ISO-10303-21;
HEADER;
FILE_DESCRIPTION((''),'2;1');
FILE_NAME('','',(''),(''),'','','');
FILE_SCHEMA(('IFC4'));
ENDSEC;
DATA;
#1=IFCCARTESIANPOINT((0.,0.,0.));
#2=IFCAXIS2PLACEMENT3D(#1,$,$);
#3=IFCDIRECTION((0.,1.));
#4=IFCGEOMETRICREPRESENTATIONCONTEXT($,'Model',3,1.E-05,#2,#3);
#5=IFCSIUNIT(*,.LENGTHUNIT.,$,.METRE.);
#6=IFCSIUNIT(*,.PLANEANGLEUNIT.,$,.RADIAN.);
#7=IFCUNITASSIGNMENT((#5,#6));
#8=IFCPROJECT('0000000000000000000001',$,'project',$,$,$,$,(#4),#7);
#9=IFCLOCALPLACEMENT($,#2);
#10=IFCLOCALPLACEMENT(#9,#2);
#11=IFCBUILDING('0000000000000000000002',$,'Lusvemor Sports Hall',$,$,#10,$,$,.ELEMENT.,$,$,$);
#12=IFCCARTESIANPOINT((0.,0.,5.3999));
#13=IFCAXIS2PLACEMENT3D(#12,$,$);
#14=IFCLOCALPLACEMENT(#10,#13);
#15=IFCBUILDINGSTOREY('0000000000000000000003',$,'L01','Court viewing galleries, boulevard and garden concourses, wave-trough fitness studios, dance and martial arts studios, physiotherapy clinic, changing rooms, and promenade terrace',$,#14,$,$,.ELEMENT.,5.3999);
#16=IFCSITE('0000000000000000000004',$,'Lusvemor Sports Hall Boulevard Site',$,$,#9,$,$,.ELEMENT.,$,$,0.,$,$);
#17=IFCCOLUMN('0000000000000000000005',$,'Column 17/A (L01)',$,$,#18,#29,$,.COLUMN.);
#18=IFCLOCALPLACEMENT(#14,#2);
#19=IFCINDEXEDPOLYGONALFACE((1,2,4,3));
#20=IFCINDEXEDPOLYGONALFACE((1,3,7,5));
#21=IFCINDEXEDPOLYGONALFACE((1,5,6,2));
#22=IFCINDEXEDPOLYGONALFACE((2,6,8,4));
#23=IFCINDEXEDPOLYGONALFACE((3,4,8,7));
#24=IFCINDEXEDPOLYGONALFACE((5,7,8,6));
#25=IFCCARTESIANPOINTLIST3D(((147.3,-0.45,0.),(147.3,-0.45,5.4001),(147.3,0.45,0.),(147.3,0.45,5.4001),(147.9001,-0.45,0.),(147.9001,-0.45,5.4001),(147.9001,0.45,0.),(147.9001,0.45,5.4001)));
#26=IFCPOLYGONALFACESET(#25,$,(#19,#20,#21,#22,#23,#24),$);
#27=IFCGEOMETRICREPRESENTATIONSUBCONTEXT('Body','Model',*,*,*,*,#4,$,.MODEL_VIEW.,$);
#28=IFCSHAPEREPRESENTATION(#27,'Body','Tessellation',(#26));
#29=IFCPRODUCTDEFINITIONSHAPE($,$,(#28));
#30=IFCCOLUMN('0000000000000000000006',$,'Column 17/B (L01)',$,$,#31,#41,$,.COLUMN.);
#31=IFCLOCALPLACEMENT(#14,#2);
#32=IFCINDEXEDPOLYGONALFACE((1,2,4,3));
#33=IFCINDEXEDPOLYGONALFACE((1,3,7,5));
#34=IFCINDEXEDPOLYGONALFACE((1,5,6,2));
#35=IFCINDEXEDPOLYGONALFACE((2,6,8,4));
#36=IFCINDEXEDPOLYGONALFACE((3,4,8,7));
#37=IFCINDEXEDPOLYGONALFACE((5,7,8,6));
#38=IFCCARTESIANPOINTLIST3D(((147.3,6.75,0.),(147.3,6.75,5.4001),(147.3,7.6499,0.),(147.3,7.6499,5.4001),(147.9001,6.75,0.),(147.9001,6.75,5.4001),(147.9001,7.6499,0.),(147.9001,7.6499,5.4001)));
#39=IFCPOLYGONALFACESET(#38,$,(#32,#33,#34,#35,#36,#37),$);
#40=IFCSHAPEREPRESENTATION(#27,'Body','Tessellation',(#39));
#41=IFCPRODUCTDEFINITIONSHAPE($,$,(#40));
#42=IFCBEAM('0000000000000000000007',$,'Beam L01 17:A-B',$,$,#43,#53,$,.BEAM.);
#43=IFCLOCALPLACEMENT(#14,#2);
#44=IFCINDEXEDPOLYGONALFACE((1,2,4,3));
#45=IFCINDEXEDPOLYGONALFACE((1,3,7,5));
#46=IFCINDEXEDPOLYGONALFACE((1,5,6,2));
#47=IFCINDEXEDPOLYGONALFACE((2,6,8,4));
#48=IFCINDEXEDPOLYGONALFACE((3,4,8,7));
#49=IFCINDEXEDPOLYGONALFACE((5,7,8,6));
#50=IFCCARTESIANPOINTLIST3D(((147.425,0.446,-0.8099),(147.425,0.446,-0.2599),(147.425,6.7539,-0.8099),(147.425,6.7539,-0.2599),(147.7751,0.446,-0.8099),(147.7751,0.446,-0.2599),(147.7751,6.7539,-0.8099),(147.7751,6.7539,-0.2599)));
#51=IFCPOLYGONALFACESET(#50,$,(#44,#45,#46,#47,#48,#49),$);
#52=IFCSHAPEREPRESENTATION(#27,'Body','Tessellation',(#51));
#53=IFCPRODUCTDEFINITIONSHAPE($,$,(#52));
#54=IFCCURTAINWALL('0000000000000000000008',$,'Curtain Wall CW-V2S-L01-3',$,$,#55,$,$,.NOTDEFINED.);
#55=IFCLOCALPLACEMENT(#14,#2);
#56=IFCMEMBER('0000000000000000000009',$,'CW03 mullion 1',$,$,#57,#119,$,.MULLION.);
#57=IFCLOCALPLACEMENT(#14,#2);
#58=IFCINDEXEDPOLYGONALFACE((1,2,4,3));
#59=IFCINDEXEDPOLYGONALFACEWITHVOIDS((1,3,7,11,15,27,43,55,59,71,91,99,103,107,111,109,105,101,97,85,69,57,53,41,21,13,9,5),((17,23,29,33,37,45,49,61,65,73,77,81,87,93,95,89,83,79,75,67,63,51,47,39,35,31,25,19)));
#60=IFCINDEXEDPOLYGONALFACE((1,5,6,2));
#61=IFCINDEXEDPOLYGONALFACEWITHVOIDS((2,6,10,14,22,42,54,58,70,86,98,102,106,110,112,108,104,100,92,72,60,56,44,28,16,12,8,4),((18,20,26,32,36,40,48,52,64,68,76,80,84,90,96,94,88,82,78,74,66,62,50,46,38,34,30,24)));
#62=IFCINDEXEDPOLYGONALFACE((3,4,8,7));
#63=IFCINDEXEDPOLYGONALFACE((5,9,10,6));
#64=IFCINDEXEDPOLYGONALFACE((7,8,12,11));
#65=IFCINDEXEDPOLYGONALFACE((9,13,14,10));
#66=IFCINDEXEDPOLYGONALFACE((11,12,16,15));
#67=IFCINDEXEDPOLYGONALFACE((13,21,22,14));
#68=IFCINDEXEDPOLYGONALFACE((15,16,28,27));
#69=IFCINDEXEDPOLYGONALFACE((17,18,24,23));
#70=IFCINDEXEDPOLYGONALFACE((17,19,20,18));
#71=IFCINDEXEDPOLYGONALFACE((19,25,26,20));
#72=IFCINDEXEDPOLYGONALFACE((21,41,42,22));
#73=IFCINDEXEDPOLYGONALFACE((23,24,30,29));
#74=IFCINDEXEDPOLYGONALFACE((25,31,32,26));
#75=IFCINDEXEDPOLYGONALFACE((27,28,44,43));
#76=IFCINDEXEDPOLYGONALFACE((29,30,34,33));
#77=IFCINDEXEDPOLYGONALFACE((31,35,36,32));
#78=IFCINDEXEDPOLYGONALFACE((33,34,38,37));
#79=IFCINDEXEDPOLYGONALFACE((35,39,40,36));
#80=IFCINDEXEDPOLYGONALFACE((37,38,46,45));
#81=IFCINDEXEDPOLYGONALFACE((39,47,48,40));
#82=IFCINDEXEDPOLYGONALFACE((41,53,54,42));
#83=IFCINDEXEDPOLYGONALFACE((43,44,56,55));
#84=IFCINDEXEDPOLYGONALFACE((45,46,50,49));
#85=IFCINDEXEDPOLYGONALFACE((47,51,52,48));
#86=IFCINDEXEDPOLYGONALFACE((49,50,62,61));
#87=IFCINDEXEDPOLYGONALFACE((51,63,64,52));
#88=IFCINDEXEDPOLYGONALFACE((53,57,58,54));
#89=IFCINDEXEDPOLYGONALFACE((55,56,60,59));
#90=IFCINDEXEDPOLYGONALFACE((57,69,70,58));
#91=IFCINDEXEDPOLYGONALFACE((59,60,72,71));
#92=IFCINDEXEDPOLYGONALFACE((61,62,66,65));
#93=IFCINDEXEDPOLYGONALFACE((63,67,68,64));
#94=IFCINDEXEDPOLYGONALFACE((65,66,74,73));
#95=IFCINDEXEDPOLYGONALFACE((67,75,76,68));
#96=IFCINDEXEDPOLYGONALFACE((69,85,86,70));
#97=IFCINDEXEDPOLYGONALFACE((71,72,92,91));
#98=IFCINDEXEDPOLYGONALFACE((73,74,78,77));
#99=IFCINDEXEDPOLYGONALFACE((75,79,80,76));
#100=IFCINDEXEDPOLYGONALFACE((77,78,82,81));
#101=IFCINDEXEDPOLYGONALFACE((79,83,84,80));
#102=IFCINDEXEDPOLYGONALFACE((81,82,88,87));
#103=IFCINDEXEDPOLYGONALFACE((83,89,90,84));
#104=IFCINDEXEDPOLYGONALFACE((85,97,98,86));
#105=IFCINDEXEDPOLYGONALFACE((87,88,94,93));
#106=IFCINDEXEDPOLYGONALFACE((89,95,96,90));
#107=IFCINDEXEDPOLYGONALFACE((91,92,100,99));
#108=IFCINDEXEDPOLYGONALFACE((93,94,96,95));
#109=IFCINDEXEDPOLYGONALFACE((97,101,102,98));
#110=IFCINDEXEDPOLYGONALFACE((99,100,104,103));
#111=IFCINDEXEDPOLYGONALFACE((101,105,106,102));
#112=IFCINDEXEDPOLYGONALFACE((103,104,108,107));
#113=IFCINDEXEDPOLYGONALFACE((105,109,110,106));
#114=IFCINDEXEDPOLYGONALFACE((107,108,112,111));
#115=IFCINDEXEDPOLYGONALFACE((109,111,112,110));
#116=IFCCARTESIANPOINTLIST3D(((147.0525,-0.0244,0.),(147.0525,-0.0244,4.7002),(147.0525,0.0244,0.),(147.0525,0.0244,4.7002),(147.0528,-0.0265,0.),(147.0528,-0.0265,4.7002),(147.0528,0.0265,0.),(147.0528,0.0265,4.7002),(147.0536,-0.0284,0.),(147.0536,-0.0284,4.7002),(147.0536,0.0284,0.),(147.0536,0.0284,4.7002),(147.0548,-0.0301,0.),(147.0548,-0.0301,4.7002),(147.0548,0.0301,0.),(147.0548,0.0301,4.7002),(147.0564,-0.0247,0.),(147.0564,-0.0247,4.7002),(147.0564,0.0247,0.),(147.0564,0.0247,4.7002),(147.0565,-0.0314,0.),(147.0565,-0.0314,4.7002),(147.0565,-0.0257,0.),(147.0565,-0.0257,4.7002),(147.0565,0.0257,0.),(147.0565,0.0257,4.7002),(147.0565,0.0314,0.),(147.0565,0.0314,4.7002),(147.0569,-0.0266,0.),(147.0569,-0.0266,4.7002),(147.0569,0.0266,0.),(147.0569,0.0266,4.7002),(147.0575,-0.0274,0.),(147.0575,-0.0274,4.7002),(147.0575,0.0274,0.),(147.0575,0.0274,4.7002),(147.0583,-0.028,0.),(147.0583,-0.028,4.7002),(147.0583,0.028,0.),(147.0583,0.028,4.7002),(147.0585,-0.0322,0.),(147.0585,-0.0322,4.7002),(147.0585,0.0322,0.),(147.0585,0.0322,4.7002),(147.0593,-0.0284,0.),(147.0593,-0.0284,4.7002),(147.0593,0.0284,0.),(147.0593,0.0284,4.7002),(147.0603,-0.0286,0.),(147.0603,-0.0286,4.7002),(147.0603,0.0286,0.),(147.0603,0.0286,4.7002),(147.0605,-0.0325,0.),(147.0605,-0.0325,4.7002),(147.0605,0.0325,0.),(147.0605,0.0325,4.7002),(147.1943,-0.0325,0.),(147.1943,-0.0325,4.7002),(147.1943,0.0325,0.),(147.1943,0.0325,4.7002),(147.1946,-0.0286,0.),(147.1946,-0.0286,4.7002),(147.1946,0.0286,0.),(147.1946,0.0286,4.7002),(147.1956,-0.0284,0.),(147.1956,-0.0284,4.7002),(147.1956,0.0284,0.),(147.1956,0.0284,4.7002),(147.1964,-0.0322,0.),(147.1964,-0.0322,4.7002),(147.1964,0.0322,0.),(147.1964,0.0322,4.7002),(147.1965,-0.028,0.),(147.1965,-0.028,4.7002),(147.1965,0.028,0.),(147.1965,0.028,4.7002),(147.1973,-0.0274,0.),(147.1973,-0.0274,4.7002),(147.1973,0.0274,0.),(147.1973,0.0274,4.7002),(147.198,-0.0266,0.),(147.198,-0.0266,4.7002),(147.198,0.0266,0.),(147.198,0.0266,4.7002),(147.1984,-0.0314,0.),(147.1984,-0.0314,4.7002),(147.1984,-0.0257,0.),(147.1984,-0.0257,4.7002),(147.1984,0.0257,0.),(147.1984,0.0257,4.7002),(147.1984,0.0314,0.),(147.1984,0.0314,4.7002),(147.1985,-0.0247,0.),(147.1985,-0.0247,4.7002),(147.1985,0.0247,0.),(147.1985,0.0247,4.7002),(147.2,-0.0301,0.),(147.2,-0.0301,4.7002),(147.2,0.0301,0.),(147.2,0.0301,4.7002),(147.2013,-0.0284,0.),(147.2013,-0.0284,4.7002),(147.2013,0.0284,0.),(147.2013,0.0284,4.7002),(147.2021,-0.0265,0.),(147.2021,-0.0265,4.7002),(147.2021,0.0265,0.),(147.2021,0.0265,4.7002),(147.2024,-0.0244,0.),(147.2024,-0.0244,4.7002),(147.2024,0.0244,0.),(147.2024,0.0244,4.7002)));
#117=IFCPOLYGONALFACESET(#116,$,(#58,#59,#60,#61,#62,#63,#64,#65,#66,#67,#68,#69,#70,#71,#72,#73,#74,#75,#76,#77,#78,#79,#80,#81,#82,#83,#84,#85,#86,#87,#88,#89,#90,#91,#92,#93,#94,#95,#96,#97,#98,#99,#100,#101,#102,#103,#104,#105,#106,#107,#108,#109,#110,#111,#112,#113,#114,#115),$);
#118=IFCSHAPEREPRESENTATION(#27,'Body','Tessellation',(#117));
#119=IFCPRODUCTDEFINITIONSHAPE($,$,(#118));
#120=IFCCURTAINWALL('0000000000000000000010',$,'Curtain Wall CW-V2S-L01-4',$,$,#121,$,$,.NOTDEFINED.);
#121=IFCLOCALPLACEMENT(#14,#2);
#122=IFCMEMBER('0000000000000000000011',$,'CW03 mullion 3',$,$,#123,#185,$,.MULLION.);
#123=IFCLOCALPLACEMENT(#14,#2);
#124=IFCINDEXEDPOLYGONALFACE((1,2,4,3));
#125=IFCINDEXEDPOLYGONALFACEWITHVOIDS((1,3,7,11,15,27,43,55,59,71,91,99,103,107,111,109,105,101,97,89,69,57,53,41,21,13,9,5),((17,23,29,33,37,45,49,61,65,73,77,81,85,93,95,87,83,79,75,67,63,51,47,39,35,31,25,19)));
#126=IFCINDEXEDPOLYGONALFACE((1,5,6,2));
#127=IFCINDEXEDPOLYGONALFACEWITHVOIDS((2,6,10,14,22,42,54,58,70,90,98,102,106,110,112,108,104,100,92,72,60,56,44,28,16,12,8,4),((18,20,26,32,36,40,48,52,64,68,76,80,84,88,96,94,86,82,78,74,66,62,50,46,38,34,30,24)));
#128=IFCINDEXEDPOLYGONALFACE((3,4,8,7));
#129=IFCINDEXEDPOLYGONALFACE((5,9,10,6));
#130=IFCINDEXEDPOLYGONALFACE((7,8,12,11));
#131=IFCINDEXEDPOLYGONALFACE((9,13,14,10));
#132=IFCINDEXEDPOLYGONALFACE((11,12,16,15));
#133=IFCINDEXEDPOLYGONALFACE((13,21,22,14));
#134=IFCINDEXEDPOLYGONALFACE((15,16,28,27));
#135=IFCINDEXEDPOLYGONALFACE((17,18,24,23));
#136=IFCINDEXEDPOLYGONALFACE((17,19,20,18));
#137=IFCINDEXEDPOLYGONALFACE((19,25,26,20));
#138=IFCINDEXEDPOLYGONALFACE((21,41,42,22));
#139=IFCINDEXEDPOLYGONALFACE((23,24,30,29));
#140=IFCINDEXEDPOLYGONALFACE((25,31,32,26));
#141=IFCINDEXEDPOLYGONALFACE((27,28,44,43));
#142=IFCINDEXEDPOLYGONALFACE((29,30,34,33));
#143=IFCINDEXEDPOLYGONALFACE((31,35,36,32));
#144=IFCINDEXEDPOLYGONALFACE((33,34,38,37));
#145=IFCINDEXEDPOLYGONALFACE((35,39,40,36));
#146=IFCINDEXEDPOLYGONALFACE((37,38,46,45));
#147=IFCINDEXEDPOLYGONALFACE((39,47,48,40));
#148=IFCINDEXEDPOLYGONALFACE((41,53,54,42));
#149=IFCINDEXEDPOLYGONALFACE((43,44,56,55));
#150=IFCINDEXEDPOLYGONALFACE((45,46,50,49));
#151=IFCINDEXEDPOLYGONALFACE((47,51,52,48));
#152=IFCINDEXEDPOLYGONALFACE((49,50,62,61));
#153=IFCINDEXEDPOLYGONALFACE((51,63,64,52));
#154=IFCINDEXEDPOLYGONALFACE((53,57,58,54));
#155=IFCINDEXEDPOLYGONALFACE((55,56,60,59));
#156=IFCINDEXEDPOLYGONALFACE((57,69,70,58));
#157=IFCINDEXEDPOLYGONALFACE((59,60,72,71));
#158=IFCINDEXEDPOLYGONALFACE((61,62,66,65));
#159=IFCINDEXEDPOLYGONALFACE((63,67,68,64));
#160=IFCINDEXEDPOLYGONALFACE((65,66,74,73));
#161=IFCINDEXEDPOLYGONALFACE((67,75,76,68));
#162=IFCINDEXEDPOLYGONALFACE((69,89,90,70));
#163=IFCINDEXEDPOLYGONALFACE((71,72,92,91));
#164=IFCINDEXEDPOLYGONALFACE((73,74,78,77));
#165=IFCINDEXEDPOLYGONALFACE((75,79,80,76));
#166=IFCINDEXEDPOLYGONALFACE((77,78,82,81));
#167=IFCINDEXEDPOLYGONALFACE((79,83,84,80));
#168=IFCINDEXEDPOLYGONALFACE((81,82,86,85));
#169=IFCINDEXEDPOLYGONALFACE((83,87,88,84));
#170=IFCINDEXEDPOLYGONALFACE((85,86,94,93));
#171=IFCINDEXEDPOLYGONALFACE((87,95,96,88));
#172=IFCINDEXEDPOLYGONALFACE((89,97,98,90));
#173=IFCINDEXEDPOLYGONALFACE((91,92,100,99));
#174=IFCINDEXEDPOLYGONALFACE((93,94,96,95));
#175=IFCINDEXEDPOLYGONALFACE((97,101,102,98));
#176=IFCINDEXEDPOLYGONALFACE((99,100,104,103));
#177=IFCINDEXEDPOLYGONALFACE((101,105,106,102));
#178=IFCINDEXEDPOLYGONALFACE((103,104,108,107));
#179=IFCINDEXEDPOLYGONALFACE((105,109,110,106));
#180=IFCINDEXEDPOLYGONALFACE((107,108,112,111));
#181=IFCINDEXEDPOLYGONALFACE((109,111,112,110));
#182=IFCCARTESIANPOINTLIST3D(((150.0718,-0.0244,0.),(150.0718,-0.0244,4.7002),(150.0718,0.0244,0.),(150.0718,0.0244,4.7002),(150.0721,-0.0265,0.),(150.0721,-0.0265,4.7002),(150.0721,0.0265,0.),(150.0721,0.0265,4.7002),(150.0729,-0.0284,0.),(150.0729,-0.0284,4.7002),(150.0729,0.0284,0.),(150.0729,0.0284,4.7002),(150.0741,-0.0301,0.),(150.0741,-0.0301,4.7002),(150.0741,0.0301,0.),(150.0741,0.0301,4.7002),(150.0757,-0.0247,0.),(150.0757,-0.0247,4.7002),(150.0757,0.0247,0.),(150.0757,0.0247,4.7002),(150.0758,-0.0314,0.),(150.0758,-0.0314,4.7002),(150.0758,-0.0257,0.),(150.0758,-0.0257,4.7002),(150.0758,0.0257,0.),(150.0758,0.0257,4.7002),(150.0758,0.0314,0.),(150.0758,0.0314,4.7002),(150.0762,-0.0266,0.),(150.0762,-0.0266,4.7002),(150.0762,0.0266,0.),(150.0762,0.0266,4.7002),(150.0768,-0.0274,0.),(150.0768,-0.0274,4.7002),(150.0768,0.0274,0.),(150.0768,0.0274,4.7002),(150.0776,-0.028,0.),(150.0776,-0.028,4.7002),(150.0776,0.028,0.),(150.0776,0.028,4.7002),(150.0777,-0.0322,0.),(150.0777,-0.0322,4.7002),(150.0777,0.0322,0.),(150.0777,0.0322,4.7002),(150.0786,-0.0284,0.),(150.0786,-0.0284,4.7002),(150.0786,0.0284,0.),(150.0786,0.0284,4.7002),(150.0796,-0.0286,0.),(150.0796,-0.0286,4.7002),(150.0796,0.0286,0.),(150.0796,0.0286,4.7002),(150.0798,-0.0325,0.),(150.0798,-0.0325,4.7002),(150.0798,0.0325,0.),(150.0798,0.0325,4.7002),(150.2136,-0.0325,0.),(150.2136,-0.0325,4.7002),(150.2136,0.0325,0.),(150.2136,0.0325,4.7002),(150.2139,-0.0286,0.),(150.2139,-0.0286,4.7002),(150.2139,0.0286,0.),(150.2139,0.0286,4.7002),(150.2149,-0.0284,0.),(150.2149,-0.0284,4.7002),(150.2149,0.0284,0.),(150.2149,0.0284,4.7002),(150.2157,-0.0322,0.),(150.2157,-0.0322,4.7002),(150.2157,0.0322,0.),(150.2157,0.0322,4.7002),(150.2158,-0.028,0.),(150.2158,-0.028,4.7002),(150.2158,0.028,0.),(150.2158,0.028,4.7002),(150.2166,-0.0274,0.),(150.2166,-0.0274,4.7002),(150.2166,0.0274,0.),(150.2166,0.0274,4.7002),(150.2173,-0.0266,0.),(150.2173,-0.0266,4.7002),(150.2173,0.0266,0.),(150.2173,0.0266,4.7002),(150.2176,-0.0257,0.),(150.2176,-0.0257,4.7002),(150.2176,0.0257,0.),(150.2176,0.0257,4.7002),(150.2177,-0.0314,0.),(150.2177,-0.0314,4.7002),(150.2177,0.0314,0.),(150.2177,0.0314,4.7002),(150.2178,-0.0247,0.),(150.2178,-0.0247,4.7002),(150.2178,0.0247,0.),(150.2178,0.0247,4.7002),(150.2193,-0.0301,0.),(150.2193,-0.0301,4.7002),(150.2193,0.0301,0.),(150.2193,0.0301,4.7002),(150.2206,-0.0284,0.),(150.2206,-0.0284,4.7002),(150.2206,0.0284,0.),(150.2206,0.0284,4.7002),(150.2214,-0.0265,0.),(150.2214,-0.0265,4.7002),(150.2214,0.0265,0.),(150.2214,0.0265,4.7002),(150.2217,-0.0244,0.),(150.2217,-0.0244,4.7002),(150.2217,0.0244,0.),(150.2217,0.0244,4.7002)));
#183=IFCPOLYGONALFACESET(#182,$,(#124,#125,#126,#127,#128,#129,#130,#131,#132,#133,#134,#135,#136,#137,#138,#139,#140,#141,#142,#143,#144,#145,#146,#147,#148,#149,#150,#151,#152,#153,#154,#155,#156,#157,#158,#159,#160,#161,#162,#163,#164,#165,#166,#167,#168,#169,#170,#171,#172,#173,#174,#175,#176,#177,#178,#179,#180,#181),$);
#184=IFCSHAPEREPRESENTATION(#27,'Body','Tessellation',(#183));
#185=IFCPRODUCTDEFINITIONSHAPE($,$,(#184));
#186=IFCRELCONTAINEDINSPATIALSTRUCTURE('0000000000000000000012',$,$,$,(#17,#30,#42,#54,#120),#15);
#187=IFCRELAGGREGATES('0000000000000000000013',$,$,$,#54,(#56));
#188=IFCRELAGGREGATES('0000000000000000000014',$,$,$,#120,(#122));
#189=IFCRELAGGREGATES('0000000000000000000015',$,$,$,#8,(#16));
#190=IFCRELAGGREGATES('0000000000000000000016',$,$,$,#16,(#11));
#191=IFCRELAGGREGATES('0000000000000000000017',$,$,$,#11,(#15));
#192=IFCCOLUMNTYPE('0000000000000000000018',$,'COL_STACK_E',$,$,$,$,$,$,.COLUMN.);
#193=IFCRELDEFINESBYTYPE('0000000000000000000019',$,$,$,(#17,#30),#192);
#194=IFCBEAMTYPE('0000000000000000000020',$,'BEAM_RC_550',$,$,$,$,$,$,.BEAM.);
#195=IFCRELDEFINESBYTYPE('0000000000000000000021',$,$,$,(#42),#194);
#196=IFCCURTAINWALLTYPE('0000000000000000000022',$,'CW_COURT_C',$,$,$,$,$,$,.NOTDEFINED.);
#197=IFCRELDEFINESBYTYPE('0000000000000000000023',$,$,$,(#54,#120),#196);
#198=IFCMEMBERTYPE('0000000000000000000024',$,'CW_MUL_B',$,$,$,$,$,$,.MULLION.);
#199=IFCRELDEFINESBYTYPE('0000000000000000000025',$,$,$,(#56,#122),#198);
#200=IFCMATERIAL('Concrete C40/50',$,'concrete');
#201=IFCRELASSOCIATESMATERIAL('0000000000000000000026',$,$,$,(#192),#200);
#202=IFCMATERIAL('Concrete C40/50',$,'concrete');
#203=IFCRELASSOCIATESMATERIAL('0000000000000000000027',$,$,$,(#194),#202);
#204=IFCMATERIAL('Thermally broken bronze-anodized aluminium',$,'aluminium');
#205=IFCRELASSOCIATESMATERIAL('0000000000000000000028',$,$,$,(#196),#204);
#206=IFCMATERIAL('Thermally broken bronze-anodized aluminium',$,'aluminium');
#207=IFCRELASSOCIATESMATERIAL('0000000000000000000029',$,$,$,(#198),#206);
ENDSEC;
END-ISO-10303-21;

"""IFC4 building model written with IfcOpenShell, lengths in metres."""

from ifc_helpers import new_model, si_unit, direction, frame, origin, origin_2d, place, context, subcontext, project, spatial, rectangle, hollow_rectangle, extrude, material, material_profile, profile_set, type_object, element, aggregate, save


model = new_model("IFC4")

# Units and contexts
model_context = context("Model", 3, precision=1e-05, world=origin(), true_north=direction((0.0, 1.0)))
body_context = subcontext(model_context, "Body", "Model", "MODEL_VIEW")
ifc_project = project(units=[si_unit("LENGTHUNIT", "METRE"), si_unit("PLANEANGLEUNIT", "RADIAN")], contexts=[model_context])

# Site, building, storey
site_placement = place(None, origin())
site = spatial("IfcSite", under=ifc_project, at=site_placement, Name="Lusvemor Sports Hall Boulevard Site", CompositionType="ELEMENT", RefElevation=0.0)
building_placement = place(site_placement, origin())
building = spatial("IfcBuilding", under=site, at=building_placement, Name="Lusvemor Sports Hall", CompositionType="ELEMENT")
storey_placement = place(building_placement, frame((0.0, 0.0, 5.3999)))
storey = spatial("IfcBuildingStorey", under=building, at=storey_placement, Name="L01", Description="Court viewing galleries, boulevard and garden concourses, wave-trough fitness studios, dance and martial arts studios, physiotherapy clinic, changing rooms, and promenade terrace", CompositionType="ELEMENT", Elevation=5.3999)

# Columns
ifc_material_1 = material(Name="Concrete C40/50", Category="concrete")
ifc_material_profile_1 = material_profile(ifc_material_1, rectangle(XDim=0.6001, YDim=0.8999, at=origin_2d()), Name="RC600x900")
ifc_profile_set_1 = profile_set([ifc_material_profile_1], Name="Concrete C40/50")
column_type = type_object("IfcColumnType", Name="COL_STACK_E", PredefinedType="COLUMN", material=ifc_profile_set_1)
for number, where, z_axis, x_axis, name in (
    (1, (147.6001, 0.0, 0.0), (0.0, 0.0, 1.0), (1.0, 0.0, 0.0), "Column 17/A (L01)"),
    (2, (147.6001, 7.2, 0.0), (0.0, 0.0, 1.0), (1.0, 0.0, 0.0), "Column 17/B (L01)"),
):
    element("IfcColumn", number, at=place(storey_placement, frame(where, z_axis=z_axis, x_axis=x_axis)), inside=storey, type_object=column_type, Name=name, PredefinedType="COLUMN", context=body_context, shape_type="SweptSolid", body=[
        extrude(rectangle(XDim=0.6001, YDim=0.8999, at=origin_2d()), origin(), (0.0, 0.0, 1.0), 5.4001),
    ])

# Beam
ifc_material_2 = material(Name="Concrete C40/50", Category="concrete")
ifc_material_profile_2 = material_profile(ifc_material_2, rectangle(XDim=0.3501, YDim=0.55, at=origin_2d()), Name="RC350x550")
ifc_profile_set_2 = profile_set([ifc_material_profile_2], Name="Concrete C40/50")
beam_type_1 = type_object("IfcBeamType", Name="BEAM_RC_550", PredefinedType="BEAM", material=ifc_profile_set_2)
beam_1_placement = place(storey_placement, frame((147.6001, 0.446, -0.5349), z_axis=(0.0, 1.0, 0.0), x_axis=(-1.0, 0.0, 0.0)))
element("IfcBeam", 3, at=beam_1_placement, inside=storey, type_object=beam_type_1, Name="Beam L01 17:A-B", PredefinedType="BEAM", context=body_context, shape_type="SweptSolid", body=[
    extrude(rectangle(XDim=0.3501, YDim=0.55, at=origin_2d()), origin(), (0.0, 0.0, 1.0), 6.3079),
])

# Curtain wall, member
ifc_material_3 = material(Name="Thermally broken bronze-anodized aluminium", Category="aluminium")
curtain_wall_type = type_object("IfcCurtainWallType", Name="CW_COURT_C", PredefinedType="NOTDEFINED", material=ifc_material_3)
curtain_wall_1_placement = place(storey_placement, origin())
curtain_wall_1 = element("IfcCurtainWall", 4, at=curtain_wall_1_placement, inside=storey, type_object=curtain_wall_type, Name="Curtain Wall CW-V2S-L01-3", PredefinedType="NOTDEFINED")
ifc_material_4 = material(Name="Thermally broken bronze-anodized aluminium", Category="aluminium")
ifc_material_profile_3 = material_profile(ifc_material_4, hollow_rectangle(XDim=0.0649, YDim=0.1499, WallThickness=0.0039, InnerFilletRadius=0.0039, OuterFilletRadius=0.0081, at=origin_2d()), Name="CWMUL150x65x4")
ifc_profile_set_3 = profile_set([ifc_material_profile_3], Name="Thermally broken bronze-anodized aluminium")
member_type_1 = type_object("IfcMemberType", Name="CW_MUL_B", PredefinedType="MULLION", material=ifc_profile_set_3)
member_1_placement = place(storey_placement, frame((147.1274, 0.0, 0.0), z_axis=(0.0, 0.0, 1.0), x_axis=(0.0, -1.0, 0.0)))
member_1 = element("IfcMember", 5, at=member_1_placement, type_object=member_type_1, Name="CW03 mullion 1", PredefinedType="MULLION", context=body_context, shape_type="SweptSolid", body=[
    extrude(hollow_rectangle(XDim=0.0649, YDim=0.1499, WallThickness=0.0039, InnerFilletRadius=0.0039, OuterFilletRadius=0.0081, at=origin_2d()), origin(), (0.0, 0.0, 1.0), 4.7002),
])

# Curtain wall, member
curtain_wall_2_placement = place(storey_placement, origin())
curtain_wall_2 = element("IfcCurtainWall", 6, at=curtain_wall_2_placement, inside=storey, type_object=curtain_wall_type, Name="Curtain Wall CW-V2S-L01-4", PredefinedType="NOTDEFINED")
member_2_placement = place(storey_placement, frame((150.1467, 0.0, 0.0), z_axis=(0.0, 0.0, 1.0), x_axis=(0.0, -1.0, 0.0)))
member_2 = element("IfcMember", 7, at=member_2_placement, type_object=member_type_1, Name="CW03 mullion 3", PredefinedType="MULLION", context=body_context, shape_type="SweptSolid", body=[
    extrude(hollow_rectangle(XDim=0.0649, YDim=0.1499, WallThickness=0.0039, InnerFilletRadius=0.0039, OuterFilletRadius=0.0081, at=origin_2d()), origin(), (0.0, 0.0, 1.0), 4.7002),
])

aggregate(curtain_wall_1, [member_1])
aggregate(curtain_wall_2, [member_2])

save(model, "model.ifc")
